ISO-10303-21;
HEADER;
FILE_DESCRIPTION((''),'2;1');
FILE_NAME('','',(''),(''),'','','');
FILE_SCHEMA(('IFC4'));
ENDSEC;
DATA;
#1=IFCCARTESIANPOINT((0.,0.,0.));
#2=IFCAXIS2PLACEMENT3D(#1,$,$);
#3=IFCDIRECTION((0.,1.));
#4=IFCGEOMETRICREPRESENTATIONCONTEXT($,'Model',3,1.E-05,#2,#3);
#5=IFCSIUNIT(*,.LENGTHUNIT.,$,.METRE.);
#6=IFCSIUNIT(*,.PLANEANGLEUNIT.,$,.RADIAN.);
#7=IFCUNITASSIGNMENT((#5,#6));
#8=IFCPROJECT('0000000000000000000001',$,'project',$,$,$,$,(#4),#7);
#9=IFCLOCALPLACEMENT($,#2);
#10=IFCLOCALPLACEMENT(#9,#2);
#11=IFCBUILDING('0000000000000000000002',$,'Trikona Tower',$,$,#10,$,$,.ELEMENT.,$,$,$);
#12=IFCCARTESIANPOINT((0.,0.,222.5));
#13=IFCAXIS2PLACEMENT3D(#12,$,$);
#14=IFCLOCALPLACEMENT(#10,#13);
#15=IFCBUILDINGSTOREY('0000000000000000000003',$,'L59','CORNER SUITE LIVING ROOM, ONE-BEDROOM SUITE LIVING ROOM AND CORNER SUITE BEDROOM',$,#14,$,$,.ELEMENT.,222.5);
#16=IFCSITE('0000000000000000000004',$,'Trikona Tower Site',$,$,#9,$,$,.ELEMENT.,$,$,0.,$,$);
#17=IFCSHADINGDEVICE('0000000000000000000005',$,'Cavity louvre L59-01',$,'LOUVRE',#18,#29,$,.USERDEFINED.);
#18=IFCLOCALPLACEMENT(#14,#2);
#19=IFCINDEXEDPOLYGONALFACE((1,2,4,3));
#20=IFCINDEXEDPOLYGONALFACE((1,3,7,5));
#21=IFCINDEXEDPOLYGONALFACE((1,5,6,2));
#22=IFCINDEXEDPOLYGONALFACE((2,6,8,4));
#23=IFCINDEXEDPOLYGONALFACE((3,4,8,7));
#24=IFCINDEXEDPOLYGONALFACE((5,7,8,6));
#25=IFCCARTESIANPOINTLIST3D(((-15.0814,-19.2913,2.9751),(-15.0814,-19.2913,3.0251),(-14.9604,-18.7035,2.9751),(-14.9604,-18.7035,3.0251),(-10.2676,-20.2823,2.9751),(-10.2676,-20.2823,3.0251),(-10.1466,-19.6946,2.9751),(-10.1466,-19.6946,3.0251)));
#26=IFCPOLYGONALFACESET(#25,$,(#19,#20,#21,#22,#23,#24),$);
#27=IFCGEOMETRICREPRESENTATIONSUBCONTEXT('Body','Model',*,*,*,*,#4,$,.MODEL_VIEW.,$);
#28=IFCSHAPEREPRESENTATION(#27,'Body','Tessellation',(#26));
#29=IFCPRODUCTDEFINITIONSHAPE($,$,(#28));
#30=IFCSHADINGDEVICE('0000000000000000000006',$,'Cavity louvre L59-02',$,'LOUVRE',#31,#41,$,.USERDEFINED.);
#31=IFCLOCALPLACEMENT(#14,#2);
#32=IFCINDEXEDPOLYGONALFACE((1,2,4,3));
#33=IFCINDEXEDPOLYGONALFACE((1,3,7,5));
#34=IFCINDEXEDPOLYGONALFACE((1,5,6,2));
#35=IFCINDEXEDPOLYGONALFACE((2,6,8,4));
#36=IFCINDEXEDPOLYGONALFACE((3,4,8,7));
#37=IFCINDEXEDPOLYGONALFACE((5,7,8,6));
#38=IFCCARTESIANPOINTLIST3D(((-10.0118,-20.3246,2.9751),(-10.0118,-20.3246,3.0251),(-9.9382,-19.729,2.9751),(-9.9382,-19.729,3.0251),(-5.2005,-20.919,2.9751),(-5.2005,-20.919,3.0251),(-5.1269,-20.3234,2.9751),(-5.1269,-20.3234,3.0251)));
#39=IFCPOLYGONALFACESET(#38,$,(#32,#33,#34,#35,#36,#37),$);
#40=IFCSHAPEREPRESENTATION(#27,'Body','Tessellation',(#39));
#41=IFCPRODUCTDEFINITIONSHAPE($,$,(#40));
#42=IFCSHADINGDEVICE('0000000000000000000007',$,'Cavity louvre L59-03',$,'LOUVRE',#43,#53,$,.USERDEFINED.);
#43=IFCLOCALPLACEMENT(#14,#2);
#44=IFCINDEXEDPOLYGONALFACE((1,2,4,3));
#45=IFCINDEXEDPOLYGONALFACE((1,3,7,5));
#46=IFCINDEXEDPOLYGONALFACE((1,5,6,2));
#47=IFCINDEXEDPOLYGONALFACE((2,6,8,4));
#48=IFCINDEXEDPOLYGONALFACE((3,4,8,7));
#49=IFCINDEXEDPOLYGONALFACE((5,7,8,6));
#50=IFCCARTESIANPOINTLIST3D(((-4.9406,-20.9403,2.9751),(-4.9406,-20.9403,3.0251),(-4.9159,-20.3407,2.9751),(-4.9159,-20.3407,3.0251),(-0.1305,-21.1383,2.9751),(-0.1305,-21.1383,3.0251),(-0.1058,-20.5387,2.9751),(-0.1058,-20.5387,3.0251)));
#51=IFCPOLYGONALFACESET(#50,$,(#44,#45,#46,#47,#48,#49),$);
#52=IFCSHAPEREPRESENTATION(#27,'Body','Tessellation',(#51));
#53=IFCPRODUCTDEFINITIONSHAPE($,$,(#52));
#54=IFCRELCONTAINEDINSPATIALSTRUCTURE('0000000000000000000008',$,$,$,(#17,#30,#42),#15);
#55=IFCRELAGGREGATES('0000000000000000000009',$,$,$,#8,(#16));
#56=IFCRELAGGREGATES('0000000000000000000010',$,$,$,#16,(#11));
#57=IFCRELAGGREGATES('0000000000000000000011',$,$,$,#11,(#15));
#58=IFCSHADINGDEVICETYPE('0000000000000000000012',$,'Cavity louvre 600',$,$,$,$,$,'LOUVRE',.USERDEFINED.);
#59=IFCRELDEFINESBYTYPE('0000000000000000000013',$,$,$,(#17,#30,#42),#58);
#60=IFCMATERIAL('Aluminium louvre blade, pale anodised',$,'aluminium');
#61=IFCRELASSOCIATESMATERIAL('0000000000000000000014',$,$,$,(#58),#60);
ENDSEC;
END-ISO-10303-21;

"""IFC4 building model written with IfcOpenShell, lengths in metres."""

from ifc_helpers import new_model, si_unit, direction, frame, origin, origin_2d, place, context, subcontext, project, spatial, rectangle, extrude, material, type_object, element, save


model = new_model("IFC4")

# Units and contexts
model_context = context("Model", 3, precision=1e-05, world=origin(), true_north=direction((0.0, 1.0)))
body_context = subcontext(model_context, "Body", "Model", "MODEL_VIEW")
ifc_project = project(units=[si_unit("LENGTHUNIT", "METRE"), si_unit("PLANEANGLEUNIT", "RADIAN")], contexts=[model_context])

# Site, building, storey
site_placement = place(None, origin())
site = spatial("IfcSite", under=ifc_project, at=site_placement, Name="Trikona Tower Site", CompositionType="ELEMENT", RefElevation=0.0)
building_placement = place(site_placement, origin())
building = spatial("IfcBuilding", under=site, at=building_placement, Name="Trikona Tower", CompositionType="ELEMENT")
storey_placement = place(building_placement, frame((0.0, 0.0, 222.5)))
storey = spatial("IfcBuildingStorey", under=building, at=storey_placement, Name="L59", Description="CORNER SUITE LIVING ROOM, ONE-BEDROOM SUITE LIVING ROOM AND CORNER SUITE BEDROOM", CompositionType="ELEMENT", Elevation=222.5)

# Shading devices
ifc_material_1 = material(Name="Aluminium louvre blade, pale anodised", Category="aluminium")
shading_device_type = type_object("IfcShadingDeviceType", Name="Cavity louvre 600", ElementType="LOUVRE", PredefinedType="USERDEFINED", material=ifc_material_1)
shading_device_1_placement = place(storey_placement, frame((-12.614, -19.4929, 2.9751), z_axis=(0.0, 0.0, 1.0), x_axis=(0.979458, -0.201651, 0.0)))
element("IfcShadingDevice", 1, at=shading_device_1_placement, inside=storey, type_object=shading_device_type, Name="Cavity louvre L59-01", ObjectType="LOUVRE", PredefinedType="USERDEFINED", context=body_context, shape_type="SweptSolid", body=[
    extrude(rectangle(XDim=4.9148, YDim=0.6001, at=origin_2d()), origin(), (0.0, 0.0, 1.0), 0.05),
])
shading_device_2_placement = place(storey_placement, frame((-7.5693, -20.324, 2.9751), z_axis=(0.0, 0.0, 1.0), x_axis=(0.992455, -0.122607, 0.0)))
element("IfcShadingDevice", 2, at=shading_device_2_placement, inside=storey, type_object=shading_device_type, Name="Cavity louvre L59-02", ObjectType="LOUVRE", PredefinedType="USERDEFINED", context=body_context, shape_type="SweptSolid", body=[
    extrude(rectangle(XDim=4.8479, YDim=0.6001, at=origin_2d()), origin(), (0.0, 0.0, 1.0), 0.05),
])
shading_device_3_placement = place(storey_placement, frame((-2.5232, -20.7395, 2.9751), z_axis=(0.0, 0.0, 1.0), x_axis=(0.999153, -0.041145, 0.0)))
element("IfcShadingDevice", 3, at=shading_device_3_placement, inside=storey, type_object=shading_device_type, Name="Cavity louvre L59-03", ObjectType="LOUVRE", PredefinedType="USERDEFINED", context=body_context, shape_type="SweptSolid", body=[
    extrude(rectangle(XDim=4.8142, YDim=0.6001, at=origin_2d()), origin(), (0.0, 0.0, 1.0), 0.05),
])

save(model, "model.ifc")
